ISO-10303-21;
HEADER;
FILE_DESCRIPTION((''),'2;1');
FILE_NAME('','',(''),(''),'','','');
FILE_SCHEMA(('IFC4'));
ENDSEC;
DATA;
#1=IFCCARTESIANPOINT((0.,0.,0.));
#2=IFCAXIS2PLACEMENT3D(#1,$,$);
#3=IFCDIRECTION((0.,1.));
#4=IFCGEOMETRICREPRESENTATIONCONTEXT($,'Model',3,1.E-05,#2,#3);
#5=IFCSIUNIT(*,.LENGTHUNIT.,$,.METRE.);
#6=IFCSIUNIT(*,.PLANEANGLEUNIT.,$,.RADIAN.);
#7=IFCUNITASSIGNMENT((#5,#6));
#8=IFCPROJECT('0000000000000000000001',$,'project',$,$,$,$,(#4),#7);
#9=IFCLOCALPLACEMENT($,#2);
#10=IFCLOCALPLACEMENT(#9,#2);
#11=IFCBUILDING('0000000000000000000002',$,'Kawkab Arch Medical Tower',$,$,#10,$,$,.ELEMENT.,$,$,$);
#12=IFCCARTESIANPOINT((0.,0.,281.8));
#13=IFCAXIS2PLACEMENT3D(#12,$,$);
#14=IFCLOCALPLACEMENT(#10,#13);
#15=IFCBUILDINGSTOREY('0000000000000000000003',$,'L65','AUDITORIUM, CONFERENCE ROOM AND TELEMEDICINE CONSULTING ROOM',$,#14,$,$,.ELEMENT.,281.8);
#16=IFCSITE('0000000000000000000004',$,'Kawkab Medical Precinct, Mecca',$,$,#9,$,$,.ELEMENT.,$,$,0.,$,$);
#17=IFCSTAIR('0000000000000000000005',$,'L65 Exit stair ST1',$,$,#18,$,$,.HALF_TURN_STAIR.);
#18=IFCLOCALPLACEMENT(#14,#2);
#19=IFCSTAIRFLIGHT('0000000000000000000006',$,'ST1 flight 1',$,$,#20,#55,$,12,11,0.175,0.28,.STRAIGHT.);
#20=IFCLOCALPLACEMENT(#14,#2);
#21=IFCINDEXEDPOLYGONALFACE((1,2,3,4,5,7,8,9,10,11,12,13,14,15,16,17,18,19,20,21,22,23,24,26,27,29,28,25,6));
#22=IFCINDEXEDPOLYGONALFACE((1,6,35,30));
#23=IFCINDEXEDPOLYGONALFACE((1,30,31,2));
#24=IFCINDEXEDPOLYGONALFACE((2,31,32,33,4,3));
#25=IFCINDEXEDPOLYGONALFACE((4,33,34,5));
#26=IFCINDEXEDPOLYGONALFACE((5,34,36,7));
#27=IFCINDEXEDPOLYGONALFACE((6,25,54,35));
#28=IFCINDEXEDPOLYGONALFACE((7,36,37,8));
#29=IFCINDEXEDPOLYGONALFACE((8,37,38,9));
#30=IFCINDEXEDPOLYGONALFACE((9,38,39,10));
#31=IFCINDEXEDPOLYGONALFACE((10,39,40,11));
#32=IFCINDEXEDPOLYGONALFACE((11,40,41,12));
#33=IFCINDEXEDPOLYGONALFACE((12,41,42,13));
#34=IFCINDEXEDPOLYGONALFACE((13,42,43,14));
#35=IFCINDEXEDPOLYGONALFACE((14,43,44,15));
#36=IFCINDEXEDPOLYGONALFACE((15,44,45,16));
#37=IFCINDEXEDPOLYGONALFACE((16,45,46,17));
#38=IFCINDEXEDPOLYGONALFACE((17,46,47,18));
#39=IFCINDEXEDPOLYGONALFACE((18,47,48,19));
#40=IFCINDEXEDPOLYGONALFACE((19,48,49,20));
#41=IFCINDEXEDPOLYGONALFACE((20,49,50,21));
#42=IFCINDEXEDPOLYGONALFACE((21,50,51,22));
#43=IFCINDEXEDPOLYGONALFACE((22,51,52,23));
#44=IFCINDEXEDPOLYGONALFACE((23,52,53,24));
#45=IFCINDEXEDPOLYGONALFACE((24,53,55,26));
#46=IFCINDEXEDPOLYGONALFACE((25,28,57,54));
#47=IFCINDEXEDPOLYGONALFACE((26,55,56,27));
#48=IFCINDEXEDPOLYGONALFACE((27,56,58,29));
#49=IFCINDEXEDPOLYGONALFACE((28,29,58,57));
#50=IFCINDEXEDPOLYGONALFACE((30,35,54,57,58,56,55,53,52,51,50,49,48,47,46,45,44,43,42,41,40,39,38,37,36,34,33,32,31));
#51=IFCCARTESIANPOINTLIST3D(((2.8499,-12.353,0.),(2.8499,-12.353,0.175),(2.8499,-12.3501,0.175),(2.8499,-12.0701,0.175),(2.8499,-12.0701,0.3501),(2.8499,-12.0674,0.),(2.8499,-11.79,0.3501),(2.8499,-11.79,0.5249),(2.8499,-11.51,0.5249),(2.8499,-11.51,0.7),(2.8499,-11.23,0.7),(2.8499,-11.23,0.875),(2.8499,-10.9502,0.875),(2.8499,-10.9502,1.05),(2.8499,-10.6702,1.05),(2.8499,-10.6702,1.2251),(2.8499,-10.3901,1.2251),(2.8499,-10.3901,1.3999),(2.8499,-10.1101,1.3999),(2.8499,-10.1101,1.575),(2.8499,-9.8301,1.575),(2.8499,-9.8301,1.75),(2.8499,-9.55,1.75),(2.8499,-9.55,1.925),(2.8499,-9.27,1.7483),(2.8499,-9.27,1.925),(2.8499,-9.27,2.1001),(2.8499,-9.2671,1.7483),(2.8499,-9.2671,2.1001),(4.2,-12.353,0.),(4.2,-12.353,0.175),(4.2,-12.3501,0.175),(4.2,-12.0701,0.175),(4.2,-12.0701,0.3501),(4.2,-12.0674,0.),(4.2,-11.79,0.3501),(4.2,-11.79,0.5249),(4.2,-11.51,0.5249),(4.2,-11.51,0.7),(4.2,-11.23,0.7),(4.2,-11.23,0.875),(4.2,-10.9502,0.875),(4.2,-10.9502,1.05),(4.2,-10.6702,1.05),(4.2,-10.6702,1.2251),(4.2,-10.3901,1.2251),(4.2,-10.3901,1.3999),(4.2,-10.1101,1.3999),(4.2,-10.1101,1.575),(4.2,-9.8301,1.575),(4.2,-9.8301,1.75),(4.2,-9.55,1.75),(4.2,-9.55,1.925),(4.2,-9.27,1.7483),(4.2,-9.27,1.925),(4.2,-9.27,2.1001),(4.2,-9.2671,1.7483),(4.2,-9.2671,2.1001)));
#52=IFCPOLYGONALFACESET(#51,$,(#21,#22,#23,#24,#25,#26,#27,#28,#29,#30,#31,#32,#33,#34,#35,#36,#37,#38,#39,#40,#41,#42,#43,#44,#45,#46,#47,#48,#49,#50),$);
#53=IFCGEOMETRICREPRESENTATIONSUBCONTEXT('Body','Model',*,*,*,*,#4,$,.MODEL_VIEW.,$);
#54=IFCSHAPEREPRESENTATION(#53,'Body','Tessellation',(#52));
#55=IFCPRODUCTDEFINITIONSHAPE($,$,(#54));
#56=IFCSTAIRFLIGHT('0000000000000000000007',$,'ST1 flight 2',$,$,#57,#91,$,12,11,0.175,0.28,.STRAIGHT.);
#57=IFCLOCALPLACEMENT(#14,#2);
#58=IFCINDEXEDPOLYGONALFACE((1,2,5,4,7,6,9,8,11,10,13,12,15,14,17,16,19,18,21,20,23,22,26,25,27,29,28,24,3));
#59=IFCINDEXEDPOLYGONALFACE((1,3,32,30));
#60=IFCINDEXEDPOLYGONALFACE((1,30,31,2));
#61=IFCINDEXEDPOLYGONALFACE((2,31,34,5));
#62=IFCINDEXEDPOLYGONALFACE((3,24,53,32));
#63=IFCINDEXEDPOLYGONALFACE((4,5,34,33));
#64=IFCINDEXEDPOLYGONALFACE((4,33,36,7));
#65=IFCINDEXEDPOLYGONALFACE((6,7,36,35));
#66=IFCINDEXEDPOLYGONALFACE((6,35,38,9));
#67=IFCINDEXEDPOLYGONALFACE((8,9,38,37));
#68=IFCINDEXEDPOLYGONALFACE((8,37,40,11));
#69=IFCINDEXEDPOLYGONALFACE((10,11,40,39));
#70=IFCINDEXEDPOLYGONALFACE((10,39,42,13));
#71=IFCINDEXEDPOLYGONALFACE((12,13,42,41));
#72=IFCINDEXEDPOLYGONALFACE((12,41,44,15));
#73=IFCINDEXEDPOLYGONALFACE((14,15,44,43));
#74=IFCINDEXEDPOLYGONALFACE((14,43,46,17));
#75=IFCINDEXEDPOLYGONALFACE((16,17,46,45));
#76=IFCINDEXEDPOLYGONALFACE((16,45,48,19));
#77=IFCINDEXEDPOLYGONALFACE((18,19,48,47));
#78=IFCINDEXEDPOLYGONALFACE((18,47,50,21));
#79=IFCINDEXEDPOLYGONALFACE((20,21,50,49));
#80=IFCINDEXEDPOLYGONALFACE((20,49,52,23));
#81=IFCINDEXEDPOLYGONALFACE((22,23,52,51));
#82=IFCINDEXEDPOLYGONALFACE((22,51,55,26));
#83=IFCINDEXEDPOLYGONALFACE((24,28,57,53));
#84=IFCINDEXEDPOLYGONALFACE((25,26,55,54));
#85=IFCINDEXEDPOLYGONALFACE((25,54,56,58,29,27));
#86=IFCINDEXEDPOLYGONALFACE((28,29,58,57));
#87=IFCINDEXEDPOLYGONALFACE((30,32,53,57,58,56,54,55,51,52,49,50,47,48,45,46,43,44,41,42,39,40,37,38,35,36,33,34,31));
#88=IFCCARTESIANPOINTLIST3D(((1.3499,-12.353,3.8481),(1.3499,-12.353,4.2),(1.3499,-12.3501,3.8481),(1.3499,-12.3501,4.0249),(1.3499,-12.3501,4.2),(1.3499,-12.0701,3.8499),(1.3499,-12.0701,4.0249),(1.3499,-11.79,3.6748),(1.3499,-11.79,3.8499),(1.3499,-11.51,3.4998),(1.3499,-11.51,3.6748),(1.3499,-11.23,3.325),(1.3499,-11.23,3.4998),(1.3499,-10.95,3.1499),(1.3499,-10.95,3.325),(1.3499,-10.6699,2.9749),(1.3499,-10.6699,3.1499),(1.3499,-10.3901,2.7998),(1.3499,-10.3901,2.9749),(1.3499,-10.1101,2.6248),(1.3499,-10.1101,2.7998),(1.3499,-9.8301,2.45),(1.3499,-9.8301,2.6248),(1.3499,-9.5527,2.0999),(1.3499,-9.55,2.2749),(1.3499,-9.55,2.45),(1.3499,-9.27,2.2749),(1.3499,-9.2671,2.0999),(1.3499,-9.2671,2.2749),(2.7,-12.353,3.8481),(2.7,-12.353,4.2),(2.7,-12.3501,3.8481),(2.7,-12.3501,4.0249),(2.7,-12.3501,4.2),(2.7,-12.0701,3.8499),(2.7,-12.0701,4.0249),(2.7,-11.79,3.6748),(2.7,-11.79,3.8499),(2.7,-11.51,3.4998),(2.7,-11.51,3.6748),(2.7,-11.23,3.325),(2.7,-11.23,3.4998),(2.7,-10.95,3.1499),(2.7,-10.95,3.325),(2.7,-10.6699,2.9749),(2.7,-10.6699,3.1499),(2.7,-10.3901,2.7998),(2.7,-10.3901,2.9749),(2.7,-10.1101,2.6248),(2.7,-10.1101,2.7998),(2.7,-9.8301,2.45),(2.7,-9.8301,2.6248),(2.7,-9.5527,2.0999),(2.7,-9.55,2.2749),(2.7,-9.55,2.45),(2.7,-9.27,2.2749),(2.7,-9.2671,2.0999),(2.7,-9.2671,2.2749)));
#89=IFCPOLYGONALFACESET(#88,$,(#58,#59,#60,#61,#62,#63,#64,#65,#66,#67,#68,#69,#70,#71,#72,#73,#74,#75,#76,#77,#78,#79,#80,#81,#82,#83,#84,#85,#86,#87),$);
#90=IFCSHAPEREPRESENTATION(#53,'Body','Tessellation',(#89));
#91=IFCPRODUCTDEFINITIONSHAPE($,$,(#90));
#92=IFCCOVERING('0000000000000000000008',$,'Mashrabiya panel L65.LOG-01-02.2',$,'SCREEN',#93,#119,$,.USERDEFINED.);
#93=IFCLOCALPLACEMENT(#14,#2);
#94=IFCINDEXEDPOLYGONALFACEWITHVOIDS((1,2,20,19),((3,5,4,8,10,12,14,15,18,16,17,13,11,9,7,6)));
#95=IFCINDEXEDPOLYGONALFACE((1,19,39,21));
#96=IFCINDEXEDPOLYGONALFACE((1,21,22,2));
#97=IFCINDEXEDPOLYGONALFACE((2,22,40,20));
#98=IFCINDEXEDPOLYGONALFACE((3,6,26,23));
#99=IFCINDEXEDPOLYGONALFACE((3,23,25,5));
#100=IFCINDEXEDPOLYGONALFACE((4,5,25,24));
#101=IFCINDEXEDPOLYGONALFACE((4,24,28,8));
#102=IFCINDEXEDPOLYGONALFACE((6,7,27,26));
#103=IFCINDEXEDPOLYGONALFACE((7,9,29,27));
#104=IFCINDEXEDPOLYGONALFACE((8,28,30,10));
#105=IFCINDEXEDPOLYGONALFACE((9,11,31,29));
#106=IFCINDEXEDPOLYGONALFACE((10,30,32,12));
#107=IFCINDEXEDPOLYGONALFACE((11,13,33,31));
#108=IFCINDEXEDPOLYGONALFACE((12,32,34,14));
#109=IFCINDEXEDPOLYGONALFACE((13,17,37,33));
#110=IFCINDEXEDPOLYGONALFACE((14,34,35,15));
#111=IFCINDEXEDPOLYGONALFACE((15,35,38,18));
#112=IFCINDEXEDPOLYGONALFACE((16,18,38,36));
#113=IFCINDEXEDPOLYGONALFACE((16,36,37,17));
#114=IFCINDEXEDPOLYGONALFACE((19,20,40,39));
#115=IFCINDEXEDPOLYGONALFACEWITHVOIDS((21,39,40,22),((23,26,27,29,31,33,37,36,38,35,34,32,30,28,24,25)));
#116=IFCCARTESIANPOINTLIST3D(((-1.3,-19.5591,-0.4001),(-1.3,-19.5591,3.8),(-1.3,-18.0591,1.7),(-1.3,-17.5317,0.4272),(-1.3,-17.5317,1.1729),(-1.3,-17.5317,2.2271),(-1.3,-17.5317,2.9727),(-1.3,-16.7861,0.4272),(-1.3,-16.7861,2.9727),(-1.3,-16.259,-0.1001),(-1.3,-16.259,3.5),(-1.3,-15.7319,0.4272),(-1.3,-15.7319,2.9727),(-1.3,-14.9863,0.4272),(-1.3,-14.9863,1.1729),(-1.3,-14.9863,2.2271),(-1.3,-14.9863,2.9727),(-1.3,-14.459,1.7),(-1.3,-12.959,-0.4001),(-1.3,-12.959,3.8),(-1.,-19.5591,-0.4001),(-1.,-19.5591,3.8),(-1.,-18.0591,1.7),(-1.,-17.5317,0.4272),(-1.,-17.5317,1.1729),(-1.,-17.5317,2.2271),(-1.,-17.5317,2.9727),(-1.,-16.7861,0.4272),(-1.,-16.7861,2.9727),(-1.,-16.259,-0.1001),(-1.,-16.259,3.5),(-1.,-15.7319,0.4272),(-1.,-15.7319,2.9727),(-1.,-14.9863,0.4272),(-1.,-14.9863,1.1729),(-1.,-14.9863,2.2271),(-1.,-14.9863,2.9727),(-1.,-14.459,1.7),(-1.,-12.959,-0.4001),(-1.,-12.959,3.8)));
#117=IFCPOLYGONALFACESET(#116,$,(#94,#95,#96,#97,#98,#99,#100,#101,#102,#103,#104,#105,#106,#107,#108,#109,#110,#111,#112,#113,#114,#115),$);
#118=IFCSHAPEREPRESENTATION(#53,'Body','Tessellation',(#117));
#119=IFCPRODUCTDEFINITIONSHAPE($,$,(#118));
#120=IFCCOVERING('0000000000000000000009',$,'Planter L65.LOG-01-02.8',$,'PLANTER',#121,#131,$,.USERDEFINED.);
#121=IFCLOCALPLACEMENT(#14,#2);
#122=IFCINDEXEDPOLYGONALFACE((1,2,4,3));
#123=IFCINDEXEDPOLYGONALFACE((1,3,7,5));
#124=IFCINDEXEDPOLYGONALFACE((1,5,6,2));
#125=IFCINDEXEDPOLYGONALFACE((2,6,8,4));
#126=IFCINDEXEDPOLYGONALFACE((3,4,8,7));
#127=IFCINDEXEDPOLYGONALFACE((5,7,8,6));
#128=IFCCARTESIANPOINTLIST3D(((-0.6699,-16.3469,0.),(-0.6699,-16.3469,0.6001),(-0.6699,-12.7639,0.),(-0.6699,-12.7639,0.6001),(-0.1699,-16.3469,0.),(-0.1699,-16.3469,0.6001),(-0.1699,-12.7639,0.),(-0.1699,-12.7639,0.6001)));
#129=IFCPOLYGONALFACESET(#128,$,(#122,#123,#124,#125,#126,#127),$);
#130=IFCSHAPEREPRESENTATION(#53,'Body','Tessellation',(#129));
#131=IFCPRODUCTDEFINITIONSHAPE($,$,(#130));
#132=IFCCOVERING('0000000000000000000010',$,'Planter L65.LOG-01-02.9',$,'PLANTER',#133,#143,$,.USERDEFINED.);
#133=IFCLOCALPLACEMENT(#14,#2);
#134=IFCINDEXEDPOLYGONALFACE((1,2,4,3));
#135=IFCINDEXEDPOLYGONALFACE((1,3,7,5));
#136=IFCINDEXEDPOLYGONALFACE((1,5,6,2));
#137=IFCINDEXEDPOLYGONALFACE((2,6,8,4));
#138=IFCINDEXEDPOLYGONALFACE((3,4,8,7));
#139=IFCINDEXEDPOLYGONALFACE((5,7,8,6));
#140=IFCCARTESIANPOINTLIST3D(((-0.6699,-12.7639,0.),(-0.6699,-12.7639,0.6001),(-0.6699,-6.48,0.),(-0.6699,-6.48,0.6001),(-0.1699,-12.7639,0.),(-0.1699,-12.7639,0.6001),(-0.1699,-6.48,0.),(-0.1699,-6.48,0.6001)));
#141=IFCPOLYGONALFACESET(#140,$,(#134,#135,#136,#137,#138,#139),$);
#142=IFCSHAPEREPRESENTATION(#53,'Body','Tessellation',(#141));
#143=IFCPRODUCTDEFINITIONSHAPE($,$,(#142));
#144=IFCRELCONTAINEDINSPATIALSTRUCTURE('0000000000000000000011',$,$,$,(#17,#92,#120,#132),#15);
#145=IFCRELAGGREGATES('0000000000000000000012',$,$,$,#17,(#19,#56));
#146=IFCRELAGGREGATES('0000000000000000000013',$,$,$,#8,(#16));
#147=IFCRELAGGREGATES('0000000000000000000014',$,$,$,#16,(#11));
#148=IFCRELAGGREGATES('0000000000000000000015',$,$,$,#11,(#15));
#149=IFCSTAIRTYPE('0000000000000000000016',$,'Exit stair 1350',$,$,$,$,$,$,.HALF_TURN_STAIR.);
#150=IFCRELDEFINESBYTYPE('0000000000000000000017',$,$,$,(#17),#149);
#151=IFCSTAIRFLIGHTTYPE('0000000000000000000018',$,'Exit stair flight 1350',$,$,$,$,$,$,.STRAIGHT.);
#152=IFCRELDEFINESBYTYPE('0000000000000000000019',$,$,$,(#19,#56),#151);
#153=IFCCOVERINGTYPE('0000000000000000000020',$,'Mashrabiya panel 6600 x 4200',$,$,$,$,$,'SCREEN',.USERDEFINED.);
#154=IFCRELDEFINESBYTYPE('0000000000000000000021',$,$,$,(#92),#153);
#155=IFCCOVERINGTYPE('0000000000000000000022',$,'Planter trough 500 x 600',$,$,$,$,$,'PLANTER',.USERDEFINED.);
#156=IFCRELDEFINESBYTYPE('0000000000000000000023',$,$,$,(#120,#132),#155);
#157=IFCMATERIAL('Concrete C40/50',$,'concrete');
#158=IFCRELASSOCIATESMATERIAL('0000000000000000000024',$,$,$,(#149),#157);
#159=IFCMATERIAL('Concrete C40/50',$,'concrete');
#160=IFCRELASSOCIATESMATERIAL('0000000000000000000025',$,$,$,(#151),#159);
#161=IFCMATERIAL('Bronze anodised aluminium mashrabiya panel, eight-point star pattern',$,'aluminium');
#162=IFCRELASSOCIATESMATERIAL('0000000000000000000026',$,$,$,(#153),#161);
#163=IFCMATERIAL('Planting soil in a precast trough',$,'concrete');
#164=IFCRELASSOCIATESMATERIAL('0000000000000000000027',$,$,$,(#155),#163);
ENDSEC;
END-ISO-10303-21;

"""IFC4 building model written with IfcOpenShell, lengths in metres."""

from ifc_helpers import new_model, si_unit, direction, frame, origin, origin_2d, place, context, subcontext, project, spatial, polyline, rectangle, outline, extrude, material, material_profile, profile_set, type_object, element, aggregate, save


model = new_model("IFC4")

# Units and contexts
model_context = context("Model", 3, precision=1e-05, world=origin(), true_north=direction((0.0, 1.0)))
body_context = subcontext(model_context, "Body", "Model", "MODEL_VIEW")
ifc_project = project(units=[si_unit("LENGTHUNIT", "METRE"), si_unit("PLANEANGLEUNIT", "RADIAN")], contexts=[model_context])

# Site, building, storey
site_placement = place(None, origin())
site = spatial("IfcSite", under=ifc_project, at=site_placement, Name="Kawkab Medical Precinct, Mecca", CompositionType="ELEMENT", RefElevation=0.0)
building_placement = place(site_placement, origin())
building = spatial("IfcBuilding", under=site, at=building_placement, Name="Kawkab Arch Medical Tower", CompositionType="ELEMENT")
storey_placement = place(building_placement, frame((0.0, 0.0, 281.8)))
storey = spatial("IfcBuildingStorey", under=building, at=storey_placement, Name="L65", Description="AUDITORIUM, CONFERENCE ROOM AND TELEMEDICINE CONSULTING ROOM", CompositionType="ELEMENT", Elevation=281.8)

# Shared definitions
placement = place(storey_placement, origin())

# Stair, stair flights
ifc_material_1 = material(Name="Concrete C40/50", Category="concrete")
stair_type = type_object("IfcStairType", Name="Exit stair 1350", PredefinedType="HALF_TURN_STAIR", material=ifc_material_1)
stair = element("IfcStair", 1, at=placement, inside=storey, type_object=stair_type, Name="L65 Exit stair ST1", PredefinedType="HALF_TURN_STAIR")
ifc_material_2 = material(Name="Concrete C40/50", Category="concrete")
stair_flight_type = type_object("IfcStairFlightType", Name="Exit stair flight 1350", PredefinedType="STRAIGHT", material=ifc_material_2)
stair_flight_1_placement = place(storey_placement, frame((3.5249, -12.3501, 0.0), z_axis=(0.0, 0.0, 1.0), x_axis=(0.0, 1.0, 0.0)))
stair_flight_1 = element("IfcStairFlight", 2, at=stair_flight_1_placement, type_object=stair_flight_type, Name="ST1 flight 1", NumberOfRisers=12, NumberOfTreads=11, PredefinedType="STRAIGHT", RiserHeight=0.175, TreadLength=0.28, context=body_context, shape_type="SweptSolid", body=[
    extrude(outline(polyline([(-0.0029, 0.0), (-0.0029, 0.175), (0.0, 0.175), (0.28, 0.175), (0.28, 0.3501), (0.5601, 0.3501), (0.5601, 0.5249), (0.8401, 0.5249), (0.8401, 0.7), (1.1201, 0.7), (1.1201, 0.875), (1.3999, 0.875), (1.3999, 1.05), (1.6799, 1.05), (1.6799, 1.2251), (1.96, 1.2251), (1.96, 1.3999), (2.24, 1.3999), (2.24, 1.575), (2.52, 1.575), (2.52, 1.75), (2.8, 1.75), (2.8, 1.925), (3.0801, 1.925), (3.0801, 2.1001), (3.083, 2.1001), (3.083, 1.7483), (3.0801, 1.7483), (0.2827, 0.0), (-0.0029, 0.0)])), frame((0.0, 0.675, 0.0), z_axis=(0.0, -1.0, 0.0), x_axis=(1.0, 0.0, 0.0)), (0.0, 0.0, 1.0), 1.3501),
])
stair_flight_2_placement = place(storey_placement, frame((2.0249, -9.27, 2.0999), z_axis=(0.0, 0.0, 1.0), x_axis=(0.0, -1.0, 0.0)))
stair_flight_2 = element("IfcStairFlight", 3, at=stair_flight_2_placement, type_object=stair_flight_type, Name="ST1 flight 2", NumberOfRisers=12, NumberOfTreads=11, PredefinedType="STRAIGHT", RiserHeight=0.175, TreadLength=0.28, context=body_context, shape_type="SweptSolid", body=[
    extrude(outline(polyline([(-0.0029, 0.0), (-0.0029, 0.175), (0.0, 0.175), (0.28, 0.175), (0.28, 0.3501), (0.5601, 0.3501), (0.5601, 0.5249), (0.8401, 0.5249), (0.8401, 0.7), (1.1201, 0.7), (1.1201, 0.875), (1.3999, 0.875), (1.3999, 1.05), (1.6799, 1.05), (1.6799, 1.2251), (1.96, 1.2251), (1.96, 1.3999), (2.24, 1.3999), (2.24, 1.575), (2.52, 1.575), (2.52, 1.75), (2.8, 1.75), (2.8, 1.925), (3.0801, 1.925), (3.0801, 2.1001), (3.083, 2.1001), (3.083, 1.7483), (3.0801, 1.7483), (0.2827, 0.0), (-0.0029, 0.0)])), frame((0.0, 0.675, 0.0), z_axis=(0.0, -1.0, 0.0), x_axis=(1.0, 0.0, 0.0)), (0.0, 0.0, 1.0), 1.3501),
])
aggregate(stair, [stair_flight_1, stair_flight_2])

# Coverings
ifc_material_3 = material(Name="Bronze anodised aluminium mashrabiya panel, eight-point star pattern", Category="aluminium")
ifc_material_profile_1 = material_profile(ifc_material_3, outline(polyline([(-3.3, -2.1001), (3.3, -2.1001), (3.3, 2.1001), (-3.3, 2.1001), (-3.3, -2.1001)]), holes=[polyline([(1.8, 0.0), (1.2727, 0.5271), (1.2727, 1.2727), (0.5271, 1.2727), (0.0, 1.8), (-0.5271, 1.2727), (-1.2727, 1.2727), (-1.2727, 0.5271), (-1.8, 0.0), (-1.2727, -0.5271), (-1.2727, -1.2727), (-0.5271, -1.2727), (0.0, -1.8), (0.5271, -1.2727), (1.2727, -1.2727), (1.2727, -0.5271), (1.8, 0.0)])]), Name="Mashrabiya panel 6600x4200")
ifc_profile_set_1 = profile_set([ifc_material_profile_1], Name="Bronze anodised aluminium mashrabiya panel, eight-point star pattern")
covering_type_1 = type_object("IfcCoveringType", Name="Mashrabiya panel 6600 x 4200", ElementType="SCREEN", PredefinedType="USERDEFINED", material=ifc_profile_set_1)
covering_1_placement = place(storey_placement, frame((-1.0, -16.259, 1.7), z_axis=(-1.0, 0.0, 0.0), x_axis=(0.0, -1.0, 0.0)))
element("IfcCovering", 4, at=covering_1_placement, inside=storey, type_object=covering_type_1, Name="Mashrabiya panel L65.LOG-01-02.2", ObjectType="SCREEN", PredefinedType="USERDEFINED", context=body_context, shape_type="SweptSolid", body=[
    extrude(outline(polyline([(-3.3, -2.1001), (3.3, -2.1001), (3.3, 2.1001), (-3.3, 2.1001), (-3.3, -2.1001)]), holes=[polyline([(1.8, 0.0), (1.2727, 0.5271), (1.2727, 1.2727), (0.5271, 1.2727), (0.0, 1.8), (-0.5271, 1.2727), (-1.2727, 1.2727), (-1.2727, 0.5271), (-1.8, 0.0), (-1.2727, -0.5271), (-1.2727, -1.2727), (-0.5271, -1.2727), (0.0, -1.8), (0.5271, -1.2727), (1.2727, -1.2727), (1.2727, -0.5271), (1.8, 0.0)])]), origin(), (0.0, 0.0, 1.0), 0.3),
])
ifc_material_4 = material(Name="Planting soil in a precast trough", Category="concrete")
ifc_material_profile_2 = material_profile(ifc_material_4, rectangle(XDim=0.5, YDim=0.6001, at=origin_2d()), Name="Trough 500x600")
ifc_profile_set_2 = profile_set([ifc_material_profile_2], Name="Planting soil in a precast trough")
covering_type_2 = type_object("IfcCoveringType", Name="Planter trough 500 x 600", ElementType="PLANTER", PredefinedType="USERDEFINED", material=ifc_profile_set_2)
covering_2_placement = place(storey_placement, frame((-0.4199, -16.3469, 0.3), z_axis=(0.0, 1.0, 0.0), x_axis=(-1.0, 0.0, 0.0)))
element("IfcCovering", 5, at=covering_2_placement, inside=storey, type_object=covering_type_2, Name="Planter L65.LOG-01-02.8", ObjectType="PLANTER", PredefinedType="USERDEFINED", context=body_context, shape_type="SweptSolid", body=[
    extrude(rectangle(XDim=0.5, YDim=0.6001, at=origin_2d()), origin(), (0.0, 0.0, 1.0), 3.583),
])
covering_3_placement = place(storey_placement, frame((-0.4199, -12.7639, 0.3), z_axis=(0.0, 1.0, 0.0), x_axis=(-1.0, 0.0, 0.0)))
element("IfcCovering", 6, at=covering_3_placement, inside=storey, type_object=covering_type_2, Name="Planter L65.LOG-01-02.9", ObjectType="PLANTER", PredefinedType="USERDEFINED", context=body_context, shape_type="SweptSolid", body=[
    extrude(rectangle(XDim=0.5, YDim=0.6001, at=origin_2d()), origin(), (0.0, 0.0, 1.0), 6.2839),
])

save(model, "model.ifc")
